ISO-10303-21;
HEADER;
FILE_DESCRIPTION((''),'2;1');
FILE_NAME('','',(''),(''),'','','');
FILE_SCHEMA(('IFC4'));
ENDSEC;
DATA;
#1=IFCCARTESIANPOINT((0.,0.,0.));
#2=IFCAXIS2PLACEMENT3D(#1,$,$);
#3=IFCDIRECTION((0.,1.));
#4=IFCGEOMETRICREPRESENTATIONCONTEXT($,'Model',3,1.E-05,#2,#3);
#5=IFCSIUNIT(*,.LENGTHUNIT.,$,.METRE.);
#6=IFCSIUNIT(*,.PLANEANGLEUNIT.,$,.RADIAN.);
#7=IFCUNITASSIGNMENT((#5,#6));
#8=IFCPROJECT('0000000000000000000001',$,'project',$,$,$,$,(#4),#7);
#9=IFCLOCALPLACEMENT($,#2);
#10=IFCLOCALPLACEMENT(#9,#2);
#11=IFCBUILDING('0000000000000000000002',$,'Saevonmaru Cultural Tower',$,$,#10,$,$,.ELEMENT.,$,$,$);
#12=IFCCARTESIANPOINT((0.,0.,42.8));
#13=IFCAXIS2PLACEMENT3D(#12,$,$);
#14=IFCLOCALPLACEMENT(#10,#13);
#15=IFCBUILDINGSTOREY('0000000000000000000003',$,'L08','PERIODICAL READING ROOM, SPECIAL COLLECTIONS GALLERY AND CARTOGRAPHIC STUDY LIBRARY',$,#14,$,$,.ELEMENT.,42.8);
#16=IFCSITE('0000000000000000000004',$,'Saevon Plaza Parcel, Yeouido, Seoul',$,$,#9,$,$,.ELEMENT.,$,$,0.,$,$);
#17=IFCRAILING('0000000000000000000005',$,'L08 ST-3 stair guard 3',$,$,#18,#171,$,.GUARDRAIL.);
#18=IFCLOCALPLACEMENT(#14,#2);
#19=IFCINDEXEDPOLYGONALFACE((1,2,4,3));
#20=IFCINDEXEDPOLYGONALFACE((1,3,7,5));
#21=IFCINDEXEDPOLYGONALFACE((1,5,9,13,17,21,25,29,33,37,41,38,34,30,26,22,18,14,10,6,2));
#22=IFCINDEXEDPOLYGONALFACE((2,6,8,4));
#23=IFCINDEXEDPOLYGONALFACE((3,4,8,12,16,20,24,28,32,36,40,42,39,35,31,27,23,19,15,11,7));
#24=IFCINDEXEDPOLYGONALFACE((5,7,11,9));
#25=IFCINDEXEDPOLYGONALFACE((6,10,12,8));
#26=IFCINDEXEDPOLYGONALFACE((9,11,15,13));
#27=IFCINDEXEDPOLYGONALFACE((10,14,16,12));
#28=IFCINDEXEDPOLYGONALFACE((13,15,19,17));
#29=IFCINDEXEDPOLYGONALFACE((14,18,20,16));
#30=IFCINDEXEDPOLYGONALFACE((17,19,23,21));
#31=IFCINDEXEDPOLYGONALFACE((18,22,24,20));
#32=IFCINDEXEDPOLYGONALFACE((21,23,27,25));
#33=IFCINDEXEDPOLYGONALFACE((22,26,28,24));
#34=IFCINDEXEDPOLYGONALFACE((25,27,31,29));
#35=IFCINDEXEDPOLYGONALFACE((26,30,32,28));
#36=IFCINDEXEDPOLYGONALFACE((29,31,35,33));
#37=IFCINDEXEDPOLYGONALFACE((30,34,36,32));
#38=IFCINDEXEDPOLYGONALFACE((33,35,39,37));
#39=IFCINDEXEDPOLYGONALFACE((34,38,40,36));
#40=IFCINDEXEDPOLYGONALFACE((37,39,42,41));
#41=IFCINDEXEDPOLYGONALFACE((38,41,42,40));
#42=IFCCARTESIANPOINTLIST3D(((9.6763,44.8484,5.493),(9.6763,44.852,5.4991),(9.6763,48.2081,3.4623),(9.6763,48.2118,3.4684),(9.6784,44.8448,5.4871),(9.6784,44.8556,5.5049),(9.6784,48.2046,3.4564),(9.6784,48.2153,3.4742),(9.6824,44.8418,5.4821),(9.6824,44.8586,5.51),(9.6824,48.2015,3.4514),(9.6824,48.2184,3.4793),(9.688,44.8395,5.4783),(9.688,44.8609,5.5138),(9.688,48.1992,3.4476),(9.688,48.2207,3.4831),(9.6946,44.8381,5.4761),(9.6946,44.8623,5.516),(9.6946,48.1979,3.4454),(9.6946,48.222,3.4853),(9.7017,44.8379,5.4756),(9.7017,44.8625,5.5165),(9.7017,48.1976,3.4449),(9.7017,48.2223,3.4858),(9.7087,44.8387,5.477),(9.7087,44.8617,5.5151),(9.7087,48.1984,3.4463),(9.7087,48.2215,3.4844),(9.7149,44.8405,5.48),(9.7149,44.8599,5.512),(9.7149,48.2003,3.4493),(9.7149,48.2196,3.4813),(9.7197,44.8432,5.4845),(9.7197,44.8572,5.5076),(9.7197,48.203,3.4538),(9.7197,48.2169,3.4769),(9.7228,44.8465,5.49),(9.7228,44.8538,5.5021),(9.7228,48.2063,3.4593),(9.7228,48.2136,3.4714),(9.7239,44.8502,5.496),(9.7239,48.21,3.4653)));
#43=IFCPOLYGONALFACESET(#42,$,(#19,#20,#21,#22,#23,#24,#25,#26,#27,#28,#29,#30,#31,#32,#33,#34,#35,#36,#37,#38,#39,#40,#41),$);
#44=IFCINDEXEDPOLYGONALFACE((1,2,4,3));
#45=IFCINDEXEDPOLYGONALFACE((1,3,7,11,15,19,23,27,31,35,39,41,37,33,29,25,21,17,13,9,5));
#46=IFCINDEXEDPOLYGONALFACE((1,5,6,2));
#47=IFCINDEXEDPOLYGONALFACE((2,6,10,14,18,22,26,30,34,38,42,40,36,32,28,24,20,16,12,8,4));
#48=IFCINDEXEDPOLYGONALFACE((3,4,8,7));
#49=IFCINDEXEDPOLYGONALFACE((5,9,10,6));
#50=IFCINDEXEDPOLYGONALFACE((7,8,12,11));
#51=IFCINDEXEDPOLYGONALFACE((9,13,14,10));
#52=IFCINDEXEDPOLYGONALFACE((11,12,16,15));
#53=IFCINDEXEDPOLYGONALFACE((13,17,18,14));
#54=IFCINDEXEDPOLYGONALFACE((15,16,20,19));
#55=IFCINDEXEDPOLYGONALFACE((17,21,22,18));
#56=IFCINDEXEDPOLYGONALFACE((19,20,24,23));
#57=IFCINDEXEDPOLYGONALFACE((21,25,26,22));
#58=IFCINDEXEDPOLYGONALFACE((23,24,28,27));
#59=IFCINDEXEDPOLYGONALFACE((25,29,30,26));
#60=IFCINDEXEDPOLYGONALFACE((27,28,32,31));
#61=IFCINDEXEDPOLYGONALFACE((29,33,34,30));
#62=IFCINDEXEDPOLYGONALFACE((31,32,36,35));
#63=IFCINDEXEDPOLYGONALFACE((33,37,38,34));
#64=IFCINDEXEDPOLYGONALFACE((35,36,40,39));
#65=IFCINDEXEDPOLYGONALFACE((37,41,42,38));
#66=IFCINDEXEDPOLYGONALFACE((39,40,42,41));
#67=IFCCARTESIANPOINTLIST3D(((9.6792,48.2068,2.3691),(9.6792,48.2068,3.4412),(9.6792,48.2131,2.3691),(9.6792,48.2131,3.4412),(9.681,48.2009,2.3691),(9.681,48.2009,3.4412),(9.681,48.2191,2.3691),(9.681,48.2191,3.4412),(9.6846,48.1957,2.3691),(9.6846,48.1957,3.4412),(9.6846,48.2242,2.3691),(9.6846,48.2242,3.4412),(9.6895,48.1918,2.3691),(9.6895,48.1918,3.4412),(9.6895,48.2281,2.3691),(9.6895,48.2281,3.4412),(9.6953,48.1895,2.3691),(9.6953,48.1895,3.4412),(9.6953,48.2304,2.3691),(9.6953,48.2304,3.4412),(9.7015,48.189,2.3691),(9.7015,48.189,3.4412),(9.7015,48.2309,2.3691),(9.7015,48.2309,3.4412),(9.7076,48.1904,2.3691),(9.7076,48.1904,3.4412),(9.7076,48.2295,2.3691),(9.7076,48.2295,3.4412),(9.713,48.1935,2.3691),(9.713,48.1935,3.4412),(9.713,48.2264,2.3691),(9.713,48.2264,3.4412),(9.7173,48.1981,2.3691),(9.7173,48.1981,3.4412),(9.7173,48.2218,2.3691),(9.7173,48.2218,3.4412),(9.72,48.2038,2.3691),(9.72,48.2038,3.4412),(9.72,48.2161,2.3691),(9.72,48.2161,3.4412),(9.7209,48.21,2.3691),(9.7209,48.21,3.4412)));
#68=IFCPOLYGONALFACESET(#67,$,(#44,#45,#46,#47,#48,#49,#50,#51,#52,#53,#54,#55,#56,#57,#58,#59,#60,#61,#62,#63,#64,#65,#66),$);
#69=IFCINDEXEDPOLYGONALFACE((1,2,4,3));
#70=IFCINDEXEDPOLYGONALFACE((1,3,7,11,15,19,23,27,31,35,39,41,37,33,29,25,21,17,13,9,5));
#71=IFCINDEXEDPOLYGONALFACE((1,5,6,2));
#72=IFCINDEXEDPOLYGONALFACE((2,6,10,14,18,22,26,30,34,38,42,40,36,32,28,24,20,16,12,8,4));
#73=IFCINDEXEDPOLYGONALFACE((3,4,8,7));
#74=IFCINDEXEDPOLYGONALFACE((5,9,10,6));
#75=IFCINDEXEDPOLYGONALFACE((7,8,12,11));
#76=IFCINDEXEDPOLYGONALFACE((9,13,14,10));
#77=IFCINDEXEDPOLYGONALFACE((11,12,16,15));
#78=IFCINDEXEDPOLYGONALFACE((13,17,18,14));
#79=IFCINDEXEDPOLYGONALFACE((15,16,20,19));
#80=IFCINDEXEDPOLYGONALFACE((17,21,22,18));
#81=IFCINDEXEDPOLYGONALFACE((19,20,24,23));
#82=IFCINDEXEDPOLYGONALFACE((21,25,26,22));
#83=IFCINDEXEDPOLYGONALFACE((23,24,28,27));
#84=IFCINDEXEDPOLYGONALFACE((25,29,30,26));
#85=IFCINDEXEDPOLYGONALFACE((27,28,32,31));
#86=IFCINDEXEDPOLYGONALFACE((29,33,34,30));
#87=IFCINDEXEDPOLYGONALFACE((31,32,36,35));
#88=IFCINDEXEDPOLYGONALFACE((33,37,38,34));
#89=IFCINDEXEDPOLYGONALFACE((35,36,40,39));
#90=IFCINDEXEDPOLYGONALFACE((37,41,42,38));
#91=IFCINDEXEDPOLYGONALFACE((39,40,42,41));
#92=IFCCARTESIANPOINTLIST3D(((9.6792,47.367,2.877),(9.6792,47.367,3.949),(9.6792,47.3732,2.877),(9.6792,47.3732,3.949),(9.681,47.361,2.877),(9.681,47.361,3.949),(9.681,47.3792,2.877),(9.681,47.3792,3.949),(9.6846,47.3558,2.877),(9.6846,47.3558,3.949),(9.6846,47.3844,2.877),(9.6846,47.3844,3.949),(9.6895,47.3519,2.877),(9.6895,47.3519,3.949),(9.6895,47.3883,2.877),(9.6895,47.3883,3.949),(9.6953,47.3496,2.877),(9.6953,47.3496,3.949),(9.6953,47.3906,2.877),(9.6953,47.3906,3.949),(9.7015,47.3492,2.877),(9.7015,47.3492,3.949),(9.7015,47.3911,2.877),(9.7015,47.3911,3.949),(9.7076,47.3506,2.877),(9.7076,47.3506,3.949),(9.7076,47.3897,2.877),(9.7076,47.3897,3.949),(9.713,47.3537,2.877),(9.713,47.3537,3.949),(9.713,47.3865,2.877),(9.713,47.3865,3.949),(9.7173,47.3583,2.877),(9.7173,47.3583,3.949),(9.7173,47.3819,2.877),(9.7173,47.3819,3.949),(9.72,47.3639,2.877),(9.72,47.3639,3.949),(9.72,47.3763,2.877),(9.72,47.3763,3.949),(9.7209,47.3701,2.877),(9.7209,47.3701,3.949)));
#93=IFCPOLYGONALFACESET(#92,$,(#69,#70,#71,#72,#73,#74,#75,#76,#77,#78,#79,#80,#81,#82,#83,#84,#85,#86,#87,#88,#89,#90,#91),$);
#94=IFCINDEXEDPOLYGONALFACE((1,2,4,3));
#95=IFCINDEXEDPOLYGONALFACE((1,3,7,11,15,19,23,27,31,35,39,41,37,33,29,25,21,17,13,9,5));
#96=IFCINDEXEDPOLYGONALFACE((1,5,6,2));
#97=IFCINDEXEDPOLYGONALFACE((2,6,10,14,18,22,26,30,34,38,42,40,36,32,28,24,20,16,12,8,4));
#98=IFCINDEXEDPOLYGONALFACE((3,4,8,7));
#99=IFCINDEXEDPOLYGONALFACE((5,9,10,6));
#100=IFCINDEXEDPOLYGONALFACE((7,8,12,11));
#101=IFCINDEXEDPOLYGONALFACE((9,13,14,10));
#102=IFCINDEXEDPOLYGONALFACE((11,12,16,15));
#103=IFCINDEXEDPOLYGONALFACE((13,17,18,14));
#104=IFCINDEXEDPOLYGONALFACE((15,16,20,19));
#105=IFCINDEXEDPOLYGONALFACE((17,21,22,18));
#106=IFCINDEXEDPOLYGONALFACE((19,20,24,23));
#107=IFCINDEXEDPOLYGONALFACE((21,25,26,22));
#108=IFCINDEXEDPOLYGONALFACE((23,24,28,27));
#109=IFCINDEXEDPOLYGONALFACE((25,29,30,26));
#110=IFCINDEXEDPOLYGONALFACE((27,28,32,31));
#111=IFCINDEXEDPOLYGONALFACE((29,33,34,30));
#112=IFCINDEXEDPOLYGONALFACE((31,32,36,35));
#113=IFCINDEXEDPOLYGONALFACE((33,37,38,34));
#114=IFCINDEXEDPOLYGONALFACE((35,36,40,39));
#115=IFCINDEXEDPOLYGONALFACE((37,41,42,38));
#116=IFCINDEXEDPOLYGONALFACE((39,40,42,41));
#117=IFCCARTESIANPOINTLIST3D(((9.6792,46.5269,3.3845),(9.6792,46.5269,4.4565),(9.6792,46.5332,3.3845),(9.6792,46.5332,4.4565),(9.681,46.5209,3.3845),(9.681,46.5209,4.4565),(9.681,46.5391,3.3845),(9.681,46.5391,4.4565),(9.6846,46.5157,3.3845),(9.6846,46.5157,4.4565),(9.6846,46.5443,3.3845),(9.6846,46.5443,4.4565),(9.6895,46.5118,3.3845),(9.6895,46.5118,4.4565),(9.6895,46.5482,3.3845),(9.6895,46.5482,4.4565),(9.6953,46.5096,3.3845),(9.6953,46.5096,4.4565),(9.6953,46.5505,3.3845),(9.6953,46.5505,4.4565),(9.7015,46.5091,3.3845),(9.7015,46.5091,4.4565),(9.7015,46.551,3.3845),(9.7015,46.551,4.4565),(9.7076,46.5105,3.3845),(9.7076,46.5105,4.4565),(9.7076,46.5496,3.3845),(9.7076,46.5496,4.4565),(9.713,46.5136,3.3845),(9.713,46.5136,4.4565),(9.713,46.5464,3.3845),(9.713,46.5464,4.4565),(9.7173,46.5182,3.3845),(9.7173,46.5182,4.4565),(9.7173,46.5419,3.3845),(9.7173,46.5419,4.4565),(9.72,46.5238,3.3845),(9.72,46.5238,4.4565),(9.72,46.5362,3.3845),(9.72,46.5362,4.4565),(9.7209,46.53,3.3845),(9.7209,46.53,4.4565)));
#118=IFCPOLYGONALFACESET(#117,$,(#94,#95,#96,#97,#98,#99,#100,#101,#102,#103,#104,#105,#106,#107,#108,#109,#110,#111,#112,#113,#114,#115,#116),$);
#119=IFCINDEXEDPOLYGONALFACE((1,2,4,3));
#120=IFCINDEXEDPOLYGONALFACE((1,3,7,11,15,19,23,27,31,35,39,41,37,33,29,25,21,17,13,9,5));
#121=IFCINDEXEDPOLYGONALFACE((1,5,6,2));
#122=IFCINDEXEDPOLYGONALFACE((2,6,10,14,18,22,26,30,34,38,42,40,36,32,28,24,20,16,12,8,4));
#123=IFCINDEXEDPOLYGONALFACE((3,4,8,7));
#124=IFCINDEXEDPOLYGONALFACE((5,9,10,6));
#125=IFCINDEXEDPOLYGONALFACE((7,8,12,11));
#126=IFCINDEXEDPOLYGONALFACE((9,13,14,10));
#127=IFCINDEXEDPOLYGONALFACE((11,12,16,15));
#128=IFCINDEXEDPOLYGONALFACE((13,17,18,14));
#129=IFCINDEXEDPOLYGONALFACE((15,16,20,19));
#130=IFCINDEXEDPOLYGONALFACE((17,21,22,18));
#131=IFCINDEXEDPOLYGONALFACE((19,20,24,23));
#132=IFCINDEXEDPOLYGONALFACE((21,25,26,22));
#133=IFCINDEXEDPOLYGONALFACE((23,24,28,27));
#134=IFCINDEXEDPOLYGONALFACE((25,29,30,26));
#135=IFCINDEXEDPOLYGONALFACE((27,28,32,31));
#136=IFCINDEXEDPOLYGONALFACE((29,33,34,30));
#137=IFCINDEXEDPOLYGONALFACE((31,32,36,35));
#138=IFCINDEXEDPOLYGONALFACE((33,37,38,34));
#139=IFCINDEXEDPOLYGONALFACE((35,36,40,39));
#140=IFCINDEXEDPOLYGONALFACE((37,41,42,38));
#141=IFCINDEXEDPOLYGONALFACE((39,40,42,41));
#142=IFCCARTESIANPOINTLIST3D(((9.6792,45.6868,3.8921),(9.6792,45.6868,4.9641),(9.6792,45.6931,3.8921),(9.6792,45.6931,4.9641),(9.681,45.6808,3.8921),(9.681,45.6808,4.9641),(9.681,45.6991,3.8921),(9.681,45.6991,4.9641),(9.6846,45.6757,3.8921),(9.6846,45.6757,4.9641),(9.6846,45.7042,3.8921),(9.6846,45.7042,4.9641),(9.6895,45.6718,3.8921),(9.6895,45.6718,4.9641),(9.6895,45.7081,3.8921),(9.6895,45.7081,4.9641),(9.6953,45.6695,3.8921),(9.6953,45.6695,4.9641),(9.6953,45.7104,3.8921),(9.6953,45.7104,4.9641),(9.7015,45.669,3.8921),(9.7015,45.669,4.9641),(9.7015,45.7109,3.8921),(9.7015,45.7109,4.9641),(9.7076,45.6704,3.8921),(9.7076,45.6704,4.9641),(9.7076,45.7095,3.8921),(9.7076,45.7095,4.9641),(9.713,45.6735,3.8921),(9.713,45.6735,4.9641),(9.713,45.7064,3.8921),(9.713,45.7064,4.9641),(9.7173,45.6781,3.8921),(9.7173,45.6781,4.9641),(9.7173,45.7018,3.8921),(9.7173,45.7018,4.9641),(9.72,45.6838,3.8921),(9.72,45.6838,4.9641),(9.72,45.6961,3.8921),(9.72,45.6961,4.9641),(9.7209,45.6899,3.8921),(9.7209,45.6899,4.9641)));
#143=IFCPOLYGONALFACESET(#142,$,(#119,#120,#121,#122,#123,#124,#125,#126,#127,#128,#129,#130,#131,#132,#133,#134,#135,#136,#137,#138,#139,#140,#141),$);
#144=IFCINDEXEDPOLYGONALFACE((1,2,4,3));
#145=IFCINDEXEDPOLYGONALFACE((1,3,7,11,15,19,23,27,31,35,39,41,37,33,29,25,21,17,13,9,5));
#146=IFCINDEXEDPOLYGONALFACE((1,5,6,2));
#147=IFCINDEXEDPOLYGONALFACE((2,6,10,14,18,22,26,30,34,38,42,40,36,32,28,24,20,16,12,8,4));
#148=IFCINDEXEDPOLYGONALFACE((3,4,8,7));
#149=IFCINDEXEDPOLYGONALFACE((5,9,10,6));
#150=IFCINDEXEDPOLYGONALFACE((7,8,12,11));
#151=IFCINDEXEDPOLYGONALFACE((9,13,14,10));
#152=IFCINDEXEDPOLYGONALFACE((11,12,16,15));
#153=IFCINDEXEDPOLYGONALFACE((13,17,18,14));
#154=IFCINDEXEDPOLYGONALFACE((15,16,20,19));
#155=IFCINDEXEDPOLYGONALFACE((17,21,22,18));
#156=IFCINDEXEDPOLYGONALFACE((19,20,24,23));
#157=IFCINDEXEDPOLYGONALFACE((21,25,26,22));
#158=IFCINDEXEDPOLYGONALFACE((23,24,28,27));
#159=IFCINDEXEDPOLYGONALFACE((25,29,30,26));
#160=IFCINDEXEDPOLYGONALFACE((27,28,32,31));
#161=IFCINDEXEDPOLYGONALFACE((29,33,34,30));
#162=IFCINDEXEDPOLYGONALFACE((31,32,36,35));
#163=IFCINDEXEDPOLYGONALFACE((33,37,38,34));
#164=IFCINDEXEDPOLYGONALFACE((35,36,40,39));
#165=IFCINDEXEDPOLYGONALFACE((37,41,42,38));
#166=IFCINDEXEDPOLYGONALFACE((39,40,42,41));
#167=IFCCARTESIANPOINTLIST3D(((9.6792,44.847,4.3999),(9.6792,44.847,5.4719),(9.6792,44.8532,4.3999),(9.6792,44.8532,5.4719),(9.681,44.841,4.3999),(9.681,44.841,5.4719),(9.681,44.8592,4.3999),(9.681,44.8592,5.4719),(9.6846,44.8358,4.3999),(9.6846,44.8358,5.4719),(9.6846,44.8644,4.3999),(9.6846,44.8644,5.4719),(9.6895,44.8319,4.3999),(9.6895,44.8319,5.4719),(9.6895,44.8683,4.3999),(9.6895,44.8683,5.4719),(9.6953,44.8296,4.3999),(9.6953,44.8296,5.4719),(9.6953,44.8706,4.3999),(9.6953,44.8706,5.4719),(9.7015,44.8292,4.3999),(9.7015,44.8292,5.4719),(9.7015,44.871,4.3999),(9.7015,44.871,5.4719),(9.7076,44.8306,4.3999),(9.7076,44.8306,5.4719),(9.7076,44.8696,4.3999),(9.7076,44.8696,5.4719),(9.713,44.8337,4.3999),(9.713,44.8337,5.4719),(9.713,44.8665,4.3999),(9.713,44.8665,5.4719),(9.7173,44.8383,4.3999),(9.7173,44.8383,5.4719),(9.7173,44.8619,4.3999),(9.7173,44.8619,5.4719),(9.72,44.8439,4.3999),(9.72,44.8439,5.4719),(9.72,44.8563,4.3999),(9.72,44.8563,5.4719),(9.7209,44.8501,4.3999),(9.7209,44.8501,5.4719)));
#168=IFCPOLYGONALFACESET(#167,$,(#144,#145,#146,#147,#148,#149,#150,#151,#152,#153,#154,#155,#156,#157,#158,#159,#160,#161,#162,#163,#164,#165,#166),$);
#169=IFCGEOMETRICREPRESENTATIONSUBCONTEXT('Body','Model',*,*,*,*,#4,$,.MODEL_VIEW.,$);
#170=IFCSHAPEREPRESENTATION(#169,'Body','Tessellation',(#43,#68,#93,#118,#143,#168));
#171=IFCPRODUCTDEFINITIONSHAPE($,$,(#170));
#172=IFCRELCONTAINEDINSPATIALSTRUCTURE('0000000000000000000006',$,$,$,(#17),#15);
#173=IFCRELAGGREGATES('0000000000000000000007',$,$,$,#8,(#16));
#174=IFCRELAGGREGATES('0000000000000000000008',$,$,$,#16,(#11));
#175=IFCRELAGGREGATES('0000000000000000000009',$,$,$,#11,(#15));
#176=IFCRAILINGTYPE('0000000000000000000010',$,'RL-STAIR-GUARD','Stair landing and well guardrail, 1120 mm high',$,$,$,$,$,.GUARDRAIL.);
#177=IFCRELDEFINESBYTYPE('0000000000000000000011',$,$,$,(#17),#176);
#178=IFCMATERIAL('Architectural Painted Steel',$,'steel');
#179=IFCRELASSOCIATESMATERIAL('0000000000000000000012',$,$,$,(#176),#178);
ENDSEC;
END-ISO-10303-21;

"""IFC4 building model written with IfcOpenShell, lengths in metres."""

from ifc_helpers import new_model, si_unit, direction, frame, origin, origin_2d, place, context, subcontext, project, spatial, circle, extrude, material, type_object, element, save


model = new_model("IFC4")

# Units and contexts
model_context = context("Model", 3, precision=1e-05, world=origin(), true_north=direction((0.0, 1.0)))
body_context = subcontext(model_context, "Body", "Model", "MODEL_VIEW")
ifc_project = project(units=[si_unit("LENGTHUNIT", "METRE"), si_unit("PLANEANGLEUNIT", "RADIAN")], contexts=[model_context])

# Site, building, storey
site_placement = place(None, origin())
site = spatial("IfcSite", under=ifc_project, at=site_placement, Name="Saevon Plaza Parcel, Yeouido, Seoul", CompositionType="ELEMENT", RefElevation=0.0)
building_placement = place(site_placement, origin())
building = spatial("IfcBuilding", under=site, at=building_placement, Name="Saevonmaru Cultural Tower", CompositionType="ELEMENT")
storey_placement = place(building_placement, frame((0.0, 0.0, 42.8)))
storey = spatial("IfcBuildingStorey", under=building, at=storey_placement, Name="L08", Description="PERIODICAL READING ROOM, SPECIAL COLLECTIONS GALLERY AND CARTOGRAPHIC STUDY LIBRARY", CompositionType="ELEMENT", Elevation=42.8)

# Railing
ifc_material_1 = material(Name="Architectural Painted Steel", Category="steel")
railing_type_1 = type_object("IfcRailingType", Name="RL-STAIR-GUARD", Description="Stair landing and well guardrail, 1120 mm high", PredefinedType="GUARDRAIL", material=ifc_material_1)
railing_1_placement = place(storey_placement, frame((9.7, 48.21, 2.3691)))
element("IfcRailing", 1, at=railing_1_placement, inside=storey, type_object=railing_type_1, Name="L08 ST-3 stair guard 3", PredefinedType="GUARDRAIL", context=body_context, shape_type="SweptSolid", body=[
    extrude(circle(Radius=0.0239, at=origin_2d()), frame((0.0, 0.0, 1.0962), z_axis=(0.0, -0.85582, 0.517273), x_axis=(1.0, 0.0, 0.0)), (0.0, 0.0, 1.0), 3.9258),
    extrude(circle(Radius=0.021, at=origin_2d()), origin(), (0.0, 0.0, 1.0), 1.072),
    extrude(circle(Radius=0.021, at=origin_2d()), frame((0.0, -0.8398, 0.5078)), (0.0, 0.0, 1.0), 1.072),
    extrude(circle(Radius=0.021, at=origin_2d()), frame((0.0, -1.6799, 1.0154)), (0.0, 0.0, 1.0), 1.072),
    extrude(circle(Radius=0.021, at=origin_2d()), frame((0.0, -2.52, 1.5229)), (0.0, 0.0, 1.0), 1.072),
    extrude(circle(Radius=0.021, at=origin_2d()), frame((0.0, -3.3599, 2.0308)), (0.0, 0.0, 1.0), 1.072),
])

save(model, "model.ifc")
